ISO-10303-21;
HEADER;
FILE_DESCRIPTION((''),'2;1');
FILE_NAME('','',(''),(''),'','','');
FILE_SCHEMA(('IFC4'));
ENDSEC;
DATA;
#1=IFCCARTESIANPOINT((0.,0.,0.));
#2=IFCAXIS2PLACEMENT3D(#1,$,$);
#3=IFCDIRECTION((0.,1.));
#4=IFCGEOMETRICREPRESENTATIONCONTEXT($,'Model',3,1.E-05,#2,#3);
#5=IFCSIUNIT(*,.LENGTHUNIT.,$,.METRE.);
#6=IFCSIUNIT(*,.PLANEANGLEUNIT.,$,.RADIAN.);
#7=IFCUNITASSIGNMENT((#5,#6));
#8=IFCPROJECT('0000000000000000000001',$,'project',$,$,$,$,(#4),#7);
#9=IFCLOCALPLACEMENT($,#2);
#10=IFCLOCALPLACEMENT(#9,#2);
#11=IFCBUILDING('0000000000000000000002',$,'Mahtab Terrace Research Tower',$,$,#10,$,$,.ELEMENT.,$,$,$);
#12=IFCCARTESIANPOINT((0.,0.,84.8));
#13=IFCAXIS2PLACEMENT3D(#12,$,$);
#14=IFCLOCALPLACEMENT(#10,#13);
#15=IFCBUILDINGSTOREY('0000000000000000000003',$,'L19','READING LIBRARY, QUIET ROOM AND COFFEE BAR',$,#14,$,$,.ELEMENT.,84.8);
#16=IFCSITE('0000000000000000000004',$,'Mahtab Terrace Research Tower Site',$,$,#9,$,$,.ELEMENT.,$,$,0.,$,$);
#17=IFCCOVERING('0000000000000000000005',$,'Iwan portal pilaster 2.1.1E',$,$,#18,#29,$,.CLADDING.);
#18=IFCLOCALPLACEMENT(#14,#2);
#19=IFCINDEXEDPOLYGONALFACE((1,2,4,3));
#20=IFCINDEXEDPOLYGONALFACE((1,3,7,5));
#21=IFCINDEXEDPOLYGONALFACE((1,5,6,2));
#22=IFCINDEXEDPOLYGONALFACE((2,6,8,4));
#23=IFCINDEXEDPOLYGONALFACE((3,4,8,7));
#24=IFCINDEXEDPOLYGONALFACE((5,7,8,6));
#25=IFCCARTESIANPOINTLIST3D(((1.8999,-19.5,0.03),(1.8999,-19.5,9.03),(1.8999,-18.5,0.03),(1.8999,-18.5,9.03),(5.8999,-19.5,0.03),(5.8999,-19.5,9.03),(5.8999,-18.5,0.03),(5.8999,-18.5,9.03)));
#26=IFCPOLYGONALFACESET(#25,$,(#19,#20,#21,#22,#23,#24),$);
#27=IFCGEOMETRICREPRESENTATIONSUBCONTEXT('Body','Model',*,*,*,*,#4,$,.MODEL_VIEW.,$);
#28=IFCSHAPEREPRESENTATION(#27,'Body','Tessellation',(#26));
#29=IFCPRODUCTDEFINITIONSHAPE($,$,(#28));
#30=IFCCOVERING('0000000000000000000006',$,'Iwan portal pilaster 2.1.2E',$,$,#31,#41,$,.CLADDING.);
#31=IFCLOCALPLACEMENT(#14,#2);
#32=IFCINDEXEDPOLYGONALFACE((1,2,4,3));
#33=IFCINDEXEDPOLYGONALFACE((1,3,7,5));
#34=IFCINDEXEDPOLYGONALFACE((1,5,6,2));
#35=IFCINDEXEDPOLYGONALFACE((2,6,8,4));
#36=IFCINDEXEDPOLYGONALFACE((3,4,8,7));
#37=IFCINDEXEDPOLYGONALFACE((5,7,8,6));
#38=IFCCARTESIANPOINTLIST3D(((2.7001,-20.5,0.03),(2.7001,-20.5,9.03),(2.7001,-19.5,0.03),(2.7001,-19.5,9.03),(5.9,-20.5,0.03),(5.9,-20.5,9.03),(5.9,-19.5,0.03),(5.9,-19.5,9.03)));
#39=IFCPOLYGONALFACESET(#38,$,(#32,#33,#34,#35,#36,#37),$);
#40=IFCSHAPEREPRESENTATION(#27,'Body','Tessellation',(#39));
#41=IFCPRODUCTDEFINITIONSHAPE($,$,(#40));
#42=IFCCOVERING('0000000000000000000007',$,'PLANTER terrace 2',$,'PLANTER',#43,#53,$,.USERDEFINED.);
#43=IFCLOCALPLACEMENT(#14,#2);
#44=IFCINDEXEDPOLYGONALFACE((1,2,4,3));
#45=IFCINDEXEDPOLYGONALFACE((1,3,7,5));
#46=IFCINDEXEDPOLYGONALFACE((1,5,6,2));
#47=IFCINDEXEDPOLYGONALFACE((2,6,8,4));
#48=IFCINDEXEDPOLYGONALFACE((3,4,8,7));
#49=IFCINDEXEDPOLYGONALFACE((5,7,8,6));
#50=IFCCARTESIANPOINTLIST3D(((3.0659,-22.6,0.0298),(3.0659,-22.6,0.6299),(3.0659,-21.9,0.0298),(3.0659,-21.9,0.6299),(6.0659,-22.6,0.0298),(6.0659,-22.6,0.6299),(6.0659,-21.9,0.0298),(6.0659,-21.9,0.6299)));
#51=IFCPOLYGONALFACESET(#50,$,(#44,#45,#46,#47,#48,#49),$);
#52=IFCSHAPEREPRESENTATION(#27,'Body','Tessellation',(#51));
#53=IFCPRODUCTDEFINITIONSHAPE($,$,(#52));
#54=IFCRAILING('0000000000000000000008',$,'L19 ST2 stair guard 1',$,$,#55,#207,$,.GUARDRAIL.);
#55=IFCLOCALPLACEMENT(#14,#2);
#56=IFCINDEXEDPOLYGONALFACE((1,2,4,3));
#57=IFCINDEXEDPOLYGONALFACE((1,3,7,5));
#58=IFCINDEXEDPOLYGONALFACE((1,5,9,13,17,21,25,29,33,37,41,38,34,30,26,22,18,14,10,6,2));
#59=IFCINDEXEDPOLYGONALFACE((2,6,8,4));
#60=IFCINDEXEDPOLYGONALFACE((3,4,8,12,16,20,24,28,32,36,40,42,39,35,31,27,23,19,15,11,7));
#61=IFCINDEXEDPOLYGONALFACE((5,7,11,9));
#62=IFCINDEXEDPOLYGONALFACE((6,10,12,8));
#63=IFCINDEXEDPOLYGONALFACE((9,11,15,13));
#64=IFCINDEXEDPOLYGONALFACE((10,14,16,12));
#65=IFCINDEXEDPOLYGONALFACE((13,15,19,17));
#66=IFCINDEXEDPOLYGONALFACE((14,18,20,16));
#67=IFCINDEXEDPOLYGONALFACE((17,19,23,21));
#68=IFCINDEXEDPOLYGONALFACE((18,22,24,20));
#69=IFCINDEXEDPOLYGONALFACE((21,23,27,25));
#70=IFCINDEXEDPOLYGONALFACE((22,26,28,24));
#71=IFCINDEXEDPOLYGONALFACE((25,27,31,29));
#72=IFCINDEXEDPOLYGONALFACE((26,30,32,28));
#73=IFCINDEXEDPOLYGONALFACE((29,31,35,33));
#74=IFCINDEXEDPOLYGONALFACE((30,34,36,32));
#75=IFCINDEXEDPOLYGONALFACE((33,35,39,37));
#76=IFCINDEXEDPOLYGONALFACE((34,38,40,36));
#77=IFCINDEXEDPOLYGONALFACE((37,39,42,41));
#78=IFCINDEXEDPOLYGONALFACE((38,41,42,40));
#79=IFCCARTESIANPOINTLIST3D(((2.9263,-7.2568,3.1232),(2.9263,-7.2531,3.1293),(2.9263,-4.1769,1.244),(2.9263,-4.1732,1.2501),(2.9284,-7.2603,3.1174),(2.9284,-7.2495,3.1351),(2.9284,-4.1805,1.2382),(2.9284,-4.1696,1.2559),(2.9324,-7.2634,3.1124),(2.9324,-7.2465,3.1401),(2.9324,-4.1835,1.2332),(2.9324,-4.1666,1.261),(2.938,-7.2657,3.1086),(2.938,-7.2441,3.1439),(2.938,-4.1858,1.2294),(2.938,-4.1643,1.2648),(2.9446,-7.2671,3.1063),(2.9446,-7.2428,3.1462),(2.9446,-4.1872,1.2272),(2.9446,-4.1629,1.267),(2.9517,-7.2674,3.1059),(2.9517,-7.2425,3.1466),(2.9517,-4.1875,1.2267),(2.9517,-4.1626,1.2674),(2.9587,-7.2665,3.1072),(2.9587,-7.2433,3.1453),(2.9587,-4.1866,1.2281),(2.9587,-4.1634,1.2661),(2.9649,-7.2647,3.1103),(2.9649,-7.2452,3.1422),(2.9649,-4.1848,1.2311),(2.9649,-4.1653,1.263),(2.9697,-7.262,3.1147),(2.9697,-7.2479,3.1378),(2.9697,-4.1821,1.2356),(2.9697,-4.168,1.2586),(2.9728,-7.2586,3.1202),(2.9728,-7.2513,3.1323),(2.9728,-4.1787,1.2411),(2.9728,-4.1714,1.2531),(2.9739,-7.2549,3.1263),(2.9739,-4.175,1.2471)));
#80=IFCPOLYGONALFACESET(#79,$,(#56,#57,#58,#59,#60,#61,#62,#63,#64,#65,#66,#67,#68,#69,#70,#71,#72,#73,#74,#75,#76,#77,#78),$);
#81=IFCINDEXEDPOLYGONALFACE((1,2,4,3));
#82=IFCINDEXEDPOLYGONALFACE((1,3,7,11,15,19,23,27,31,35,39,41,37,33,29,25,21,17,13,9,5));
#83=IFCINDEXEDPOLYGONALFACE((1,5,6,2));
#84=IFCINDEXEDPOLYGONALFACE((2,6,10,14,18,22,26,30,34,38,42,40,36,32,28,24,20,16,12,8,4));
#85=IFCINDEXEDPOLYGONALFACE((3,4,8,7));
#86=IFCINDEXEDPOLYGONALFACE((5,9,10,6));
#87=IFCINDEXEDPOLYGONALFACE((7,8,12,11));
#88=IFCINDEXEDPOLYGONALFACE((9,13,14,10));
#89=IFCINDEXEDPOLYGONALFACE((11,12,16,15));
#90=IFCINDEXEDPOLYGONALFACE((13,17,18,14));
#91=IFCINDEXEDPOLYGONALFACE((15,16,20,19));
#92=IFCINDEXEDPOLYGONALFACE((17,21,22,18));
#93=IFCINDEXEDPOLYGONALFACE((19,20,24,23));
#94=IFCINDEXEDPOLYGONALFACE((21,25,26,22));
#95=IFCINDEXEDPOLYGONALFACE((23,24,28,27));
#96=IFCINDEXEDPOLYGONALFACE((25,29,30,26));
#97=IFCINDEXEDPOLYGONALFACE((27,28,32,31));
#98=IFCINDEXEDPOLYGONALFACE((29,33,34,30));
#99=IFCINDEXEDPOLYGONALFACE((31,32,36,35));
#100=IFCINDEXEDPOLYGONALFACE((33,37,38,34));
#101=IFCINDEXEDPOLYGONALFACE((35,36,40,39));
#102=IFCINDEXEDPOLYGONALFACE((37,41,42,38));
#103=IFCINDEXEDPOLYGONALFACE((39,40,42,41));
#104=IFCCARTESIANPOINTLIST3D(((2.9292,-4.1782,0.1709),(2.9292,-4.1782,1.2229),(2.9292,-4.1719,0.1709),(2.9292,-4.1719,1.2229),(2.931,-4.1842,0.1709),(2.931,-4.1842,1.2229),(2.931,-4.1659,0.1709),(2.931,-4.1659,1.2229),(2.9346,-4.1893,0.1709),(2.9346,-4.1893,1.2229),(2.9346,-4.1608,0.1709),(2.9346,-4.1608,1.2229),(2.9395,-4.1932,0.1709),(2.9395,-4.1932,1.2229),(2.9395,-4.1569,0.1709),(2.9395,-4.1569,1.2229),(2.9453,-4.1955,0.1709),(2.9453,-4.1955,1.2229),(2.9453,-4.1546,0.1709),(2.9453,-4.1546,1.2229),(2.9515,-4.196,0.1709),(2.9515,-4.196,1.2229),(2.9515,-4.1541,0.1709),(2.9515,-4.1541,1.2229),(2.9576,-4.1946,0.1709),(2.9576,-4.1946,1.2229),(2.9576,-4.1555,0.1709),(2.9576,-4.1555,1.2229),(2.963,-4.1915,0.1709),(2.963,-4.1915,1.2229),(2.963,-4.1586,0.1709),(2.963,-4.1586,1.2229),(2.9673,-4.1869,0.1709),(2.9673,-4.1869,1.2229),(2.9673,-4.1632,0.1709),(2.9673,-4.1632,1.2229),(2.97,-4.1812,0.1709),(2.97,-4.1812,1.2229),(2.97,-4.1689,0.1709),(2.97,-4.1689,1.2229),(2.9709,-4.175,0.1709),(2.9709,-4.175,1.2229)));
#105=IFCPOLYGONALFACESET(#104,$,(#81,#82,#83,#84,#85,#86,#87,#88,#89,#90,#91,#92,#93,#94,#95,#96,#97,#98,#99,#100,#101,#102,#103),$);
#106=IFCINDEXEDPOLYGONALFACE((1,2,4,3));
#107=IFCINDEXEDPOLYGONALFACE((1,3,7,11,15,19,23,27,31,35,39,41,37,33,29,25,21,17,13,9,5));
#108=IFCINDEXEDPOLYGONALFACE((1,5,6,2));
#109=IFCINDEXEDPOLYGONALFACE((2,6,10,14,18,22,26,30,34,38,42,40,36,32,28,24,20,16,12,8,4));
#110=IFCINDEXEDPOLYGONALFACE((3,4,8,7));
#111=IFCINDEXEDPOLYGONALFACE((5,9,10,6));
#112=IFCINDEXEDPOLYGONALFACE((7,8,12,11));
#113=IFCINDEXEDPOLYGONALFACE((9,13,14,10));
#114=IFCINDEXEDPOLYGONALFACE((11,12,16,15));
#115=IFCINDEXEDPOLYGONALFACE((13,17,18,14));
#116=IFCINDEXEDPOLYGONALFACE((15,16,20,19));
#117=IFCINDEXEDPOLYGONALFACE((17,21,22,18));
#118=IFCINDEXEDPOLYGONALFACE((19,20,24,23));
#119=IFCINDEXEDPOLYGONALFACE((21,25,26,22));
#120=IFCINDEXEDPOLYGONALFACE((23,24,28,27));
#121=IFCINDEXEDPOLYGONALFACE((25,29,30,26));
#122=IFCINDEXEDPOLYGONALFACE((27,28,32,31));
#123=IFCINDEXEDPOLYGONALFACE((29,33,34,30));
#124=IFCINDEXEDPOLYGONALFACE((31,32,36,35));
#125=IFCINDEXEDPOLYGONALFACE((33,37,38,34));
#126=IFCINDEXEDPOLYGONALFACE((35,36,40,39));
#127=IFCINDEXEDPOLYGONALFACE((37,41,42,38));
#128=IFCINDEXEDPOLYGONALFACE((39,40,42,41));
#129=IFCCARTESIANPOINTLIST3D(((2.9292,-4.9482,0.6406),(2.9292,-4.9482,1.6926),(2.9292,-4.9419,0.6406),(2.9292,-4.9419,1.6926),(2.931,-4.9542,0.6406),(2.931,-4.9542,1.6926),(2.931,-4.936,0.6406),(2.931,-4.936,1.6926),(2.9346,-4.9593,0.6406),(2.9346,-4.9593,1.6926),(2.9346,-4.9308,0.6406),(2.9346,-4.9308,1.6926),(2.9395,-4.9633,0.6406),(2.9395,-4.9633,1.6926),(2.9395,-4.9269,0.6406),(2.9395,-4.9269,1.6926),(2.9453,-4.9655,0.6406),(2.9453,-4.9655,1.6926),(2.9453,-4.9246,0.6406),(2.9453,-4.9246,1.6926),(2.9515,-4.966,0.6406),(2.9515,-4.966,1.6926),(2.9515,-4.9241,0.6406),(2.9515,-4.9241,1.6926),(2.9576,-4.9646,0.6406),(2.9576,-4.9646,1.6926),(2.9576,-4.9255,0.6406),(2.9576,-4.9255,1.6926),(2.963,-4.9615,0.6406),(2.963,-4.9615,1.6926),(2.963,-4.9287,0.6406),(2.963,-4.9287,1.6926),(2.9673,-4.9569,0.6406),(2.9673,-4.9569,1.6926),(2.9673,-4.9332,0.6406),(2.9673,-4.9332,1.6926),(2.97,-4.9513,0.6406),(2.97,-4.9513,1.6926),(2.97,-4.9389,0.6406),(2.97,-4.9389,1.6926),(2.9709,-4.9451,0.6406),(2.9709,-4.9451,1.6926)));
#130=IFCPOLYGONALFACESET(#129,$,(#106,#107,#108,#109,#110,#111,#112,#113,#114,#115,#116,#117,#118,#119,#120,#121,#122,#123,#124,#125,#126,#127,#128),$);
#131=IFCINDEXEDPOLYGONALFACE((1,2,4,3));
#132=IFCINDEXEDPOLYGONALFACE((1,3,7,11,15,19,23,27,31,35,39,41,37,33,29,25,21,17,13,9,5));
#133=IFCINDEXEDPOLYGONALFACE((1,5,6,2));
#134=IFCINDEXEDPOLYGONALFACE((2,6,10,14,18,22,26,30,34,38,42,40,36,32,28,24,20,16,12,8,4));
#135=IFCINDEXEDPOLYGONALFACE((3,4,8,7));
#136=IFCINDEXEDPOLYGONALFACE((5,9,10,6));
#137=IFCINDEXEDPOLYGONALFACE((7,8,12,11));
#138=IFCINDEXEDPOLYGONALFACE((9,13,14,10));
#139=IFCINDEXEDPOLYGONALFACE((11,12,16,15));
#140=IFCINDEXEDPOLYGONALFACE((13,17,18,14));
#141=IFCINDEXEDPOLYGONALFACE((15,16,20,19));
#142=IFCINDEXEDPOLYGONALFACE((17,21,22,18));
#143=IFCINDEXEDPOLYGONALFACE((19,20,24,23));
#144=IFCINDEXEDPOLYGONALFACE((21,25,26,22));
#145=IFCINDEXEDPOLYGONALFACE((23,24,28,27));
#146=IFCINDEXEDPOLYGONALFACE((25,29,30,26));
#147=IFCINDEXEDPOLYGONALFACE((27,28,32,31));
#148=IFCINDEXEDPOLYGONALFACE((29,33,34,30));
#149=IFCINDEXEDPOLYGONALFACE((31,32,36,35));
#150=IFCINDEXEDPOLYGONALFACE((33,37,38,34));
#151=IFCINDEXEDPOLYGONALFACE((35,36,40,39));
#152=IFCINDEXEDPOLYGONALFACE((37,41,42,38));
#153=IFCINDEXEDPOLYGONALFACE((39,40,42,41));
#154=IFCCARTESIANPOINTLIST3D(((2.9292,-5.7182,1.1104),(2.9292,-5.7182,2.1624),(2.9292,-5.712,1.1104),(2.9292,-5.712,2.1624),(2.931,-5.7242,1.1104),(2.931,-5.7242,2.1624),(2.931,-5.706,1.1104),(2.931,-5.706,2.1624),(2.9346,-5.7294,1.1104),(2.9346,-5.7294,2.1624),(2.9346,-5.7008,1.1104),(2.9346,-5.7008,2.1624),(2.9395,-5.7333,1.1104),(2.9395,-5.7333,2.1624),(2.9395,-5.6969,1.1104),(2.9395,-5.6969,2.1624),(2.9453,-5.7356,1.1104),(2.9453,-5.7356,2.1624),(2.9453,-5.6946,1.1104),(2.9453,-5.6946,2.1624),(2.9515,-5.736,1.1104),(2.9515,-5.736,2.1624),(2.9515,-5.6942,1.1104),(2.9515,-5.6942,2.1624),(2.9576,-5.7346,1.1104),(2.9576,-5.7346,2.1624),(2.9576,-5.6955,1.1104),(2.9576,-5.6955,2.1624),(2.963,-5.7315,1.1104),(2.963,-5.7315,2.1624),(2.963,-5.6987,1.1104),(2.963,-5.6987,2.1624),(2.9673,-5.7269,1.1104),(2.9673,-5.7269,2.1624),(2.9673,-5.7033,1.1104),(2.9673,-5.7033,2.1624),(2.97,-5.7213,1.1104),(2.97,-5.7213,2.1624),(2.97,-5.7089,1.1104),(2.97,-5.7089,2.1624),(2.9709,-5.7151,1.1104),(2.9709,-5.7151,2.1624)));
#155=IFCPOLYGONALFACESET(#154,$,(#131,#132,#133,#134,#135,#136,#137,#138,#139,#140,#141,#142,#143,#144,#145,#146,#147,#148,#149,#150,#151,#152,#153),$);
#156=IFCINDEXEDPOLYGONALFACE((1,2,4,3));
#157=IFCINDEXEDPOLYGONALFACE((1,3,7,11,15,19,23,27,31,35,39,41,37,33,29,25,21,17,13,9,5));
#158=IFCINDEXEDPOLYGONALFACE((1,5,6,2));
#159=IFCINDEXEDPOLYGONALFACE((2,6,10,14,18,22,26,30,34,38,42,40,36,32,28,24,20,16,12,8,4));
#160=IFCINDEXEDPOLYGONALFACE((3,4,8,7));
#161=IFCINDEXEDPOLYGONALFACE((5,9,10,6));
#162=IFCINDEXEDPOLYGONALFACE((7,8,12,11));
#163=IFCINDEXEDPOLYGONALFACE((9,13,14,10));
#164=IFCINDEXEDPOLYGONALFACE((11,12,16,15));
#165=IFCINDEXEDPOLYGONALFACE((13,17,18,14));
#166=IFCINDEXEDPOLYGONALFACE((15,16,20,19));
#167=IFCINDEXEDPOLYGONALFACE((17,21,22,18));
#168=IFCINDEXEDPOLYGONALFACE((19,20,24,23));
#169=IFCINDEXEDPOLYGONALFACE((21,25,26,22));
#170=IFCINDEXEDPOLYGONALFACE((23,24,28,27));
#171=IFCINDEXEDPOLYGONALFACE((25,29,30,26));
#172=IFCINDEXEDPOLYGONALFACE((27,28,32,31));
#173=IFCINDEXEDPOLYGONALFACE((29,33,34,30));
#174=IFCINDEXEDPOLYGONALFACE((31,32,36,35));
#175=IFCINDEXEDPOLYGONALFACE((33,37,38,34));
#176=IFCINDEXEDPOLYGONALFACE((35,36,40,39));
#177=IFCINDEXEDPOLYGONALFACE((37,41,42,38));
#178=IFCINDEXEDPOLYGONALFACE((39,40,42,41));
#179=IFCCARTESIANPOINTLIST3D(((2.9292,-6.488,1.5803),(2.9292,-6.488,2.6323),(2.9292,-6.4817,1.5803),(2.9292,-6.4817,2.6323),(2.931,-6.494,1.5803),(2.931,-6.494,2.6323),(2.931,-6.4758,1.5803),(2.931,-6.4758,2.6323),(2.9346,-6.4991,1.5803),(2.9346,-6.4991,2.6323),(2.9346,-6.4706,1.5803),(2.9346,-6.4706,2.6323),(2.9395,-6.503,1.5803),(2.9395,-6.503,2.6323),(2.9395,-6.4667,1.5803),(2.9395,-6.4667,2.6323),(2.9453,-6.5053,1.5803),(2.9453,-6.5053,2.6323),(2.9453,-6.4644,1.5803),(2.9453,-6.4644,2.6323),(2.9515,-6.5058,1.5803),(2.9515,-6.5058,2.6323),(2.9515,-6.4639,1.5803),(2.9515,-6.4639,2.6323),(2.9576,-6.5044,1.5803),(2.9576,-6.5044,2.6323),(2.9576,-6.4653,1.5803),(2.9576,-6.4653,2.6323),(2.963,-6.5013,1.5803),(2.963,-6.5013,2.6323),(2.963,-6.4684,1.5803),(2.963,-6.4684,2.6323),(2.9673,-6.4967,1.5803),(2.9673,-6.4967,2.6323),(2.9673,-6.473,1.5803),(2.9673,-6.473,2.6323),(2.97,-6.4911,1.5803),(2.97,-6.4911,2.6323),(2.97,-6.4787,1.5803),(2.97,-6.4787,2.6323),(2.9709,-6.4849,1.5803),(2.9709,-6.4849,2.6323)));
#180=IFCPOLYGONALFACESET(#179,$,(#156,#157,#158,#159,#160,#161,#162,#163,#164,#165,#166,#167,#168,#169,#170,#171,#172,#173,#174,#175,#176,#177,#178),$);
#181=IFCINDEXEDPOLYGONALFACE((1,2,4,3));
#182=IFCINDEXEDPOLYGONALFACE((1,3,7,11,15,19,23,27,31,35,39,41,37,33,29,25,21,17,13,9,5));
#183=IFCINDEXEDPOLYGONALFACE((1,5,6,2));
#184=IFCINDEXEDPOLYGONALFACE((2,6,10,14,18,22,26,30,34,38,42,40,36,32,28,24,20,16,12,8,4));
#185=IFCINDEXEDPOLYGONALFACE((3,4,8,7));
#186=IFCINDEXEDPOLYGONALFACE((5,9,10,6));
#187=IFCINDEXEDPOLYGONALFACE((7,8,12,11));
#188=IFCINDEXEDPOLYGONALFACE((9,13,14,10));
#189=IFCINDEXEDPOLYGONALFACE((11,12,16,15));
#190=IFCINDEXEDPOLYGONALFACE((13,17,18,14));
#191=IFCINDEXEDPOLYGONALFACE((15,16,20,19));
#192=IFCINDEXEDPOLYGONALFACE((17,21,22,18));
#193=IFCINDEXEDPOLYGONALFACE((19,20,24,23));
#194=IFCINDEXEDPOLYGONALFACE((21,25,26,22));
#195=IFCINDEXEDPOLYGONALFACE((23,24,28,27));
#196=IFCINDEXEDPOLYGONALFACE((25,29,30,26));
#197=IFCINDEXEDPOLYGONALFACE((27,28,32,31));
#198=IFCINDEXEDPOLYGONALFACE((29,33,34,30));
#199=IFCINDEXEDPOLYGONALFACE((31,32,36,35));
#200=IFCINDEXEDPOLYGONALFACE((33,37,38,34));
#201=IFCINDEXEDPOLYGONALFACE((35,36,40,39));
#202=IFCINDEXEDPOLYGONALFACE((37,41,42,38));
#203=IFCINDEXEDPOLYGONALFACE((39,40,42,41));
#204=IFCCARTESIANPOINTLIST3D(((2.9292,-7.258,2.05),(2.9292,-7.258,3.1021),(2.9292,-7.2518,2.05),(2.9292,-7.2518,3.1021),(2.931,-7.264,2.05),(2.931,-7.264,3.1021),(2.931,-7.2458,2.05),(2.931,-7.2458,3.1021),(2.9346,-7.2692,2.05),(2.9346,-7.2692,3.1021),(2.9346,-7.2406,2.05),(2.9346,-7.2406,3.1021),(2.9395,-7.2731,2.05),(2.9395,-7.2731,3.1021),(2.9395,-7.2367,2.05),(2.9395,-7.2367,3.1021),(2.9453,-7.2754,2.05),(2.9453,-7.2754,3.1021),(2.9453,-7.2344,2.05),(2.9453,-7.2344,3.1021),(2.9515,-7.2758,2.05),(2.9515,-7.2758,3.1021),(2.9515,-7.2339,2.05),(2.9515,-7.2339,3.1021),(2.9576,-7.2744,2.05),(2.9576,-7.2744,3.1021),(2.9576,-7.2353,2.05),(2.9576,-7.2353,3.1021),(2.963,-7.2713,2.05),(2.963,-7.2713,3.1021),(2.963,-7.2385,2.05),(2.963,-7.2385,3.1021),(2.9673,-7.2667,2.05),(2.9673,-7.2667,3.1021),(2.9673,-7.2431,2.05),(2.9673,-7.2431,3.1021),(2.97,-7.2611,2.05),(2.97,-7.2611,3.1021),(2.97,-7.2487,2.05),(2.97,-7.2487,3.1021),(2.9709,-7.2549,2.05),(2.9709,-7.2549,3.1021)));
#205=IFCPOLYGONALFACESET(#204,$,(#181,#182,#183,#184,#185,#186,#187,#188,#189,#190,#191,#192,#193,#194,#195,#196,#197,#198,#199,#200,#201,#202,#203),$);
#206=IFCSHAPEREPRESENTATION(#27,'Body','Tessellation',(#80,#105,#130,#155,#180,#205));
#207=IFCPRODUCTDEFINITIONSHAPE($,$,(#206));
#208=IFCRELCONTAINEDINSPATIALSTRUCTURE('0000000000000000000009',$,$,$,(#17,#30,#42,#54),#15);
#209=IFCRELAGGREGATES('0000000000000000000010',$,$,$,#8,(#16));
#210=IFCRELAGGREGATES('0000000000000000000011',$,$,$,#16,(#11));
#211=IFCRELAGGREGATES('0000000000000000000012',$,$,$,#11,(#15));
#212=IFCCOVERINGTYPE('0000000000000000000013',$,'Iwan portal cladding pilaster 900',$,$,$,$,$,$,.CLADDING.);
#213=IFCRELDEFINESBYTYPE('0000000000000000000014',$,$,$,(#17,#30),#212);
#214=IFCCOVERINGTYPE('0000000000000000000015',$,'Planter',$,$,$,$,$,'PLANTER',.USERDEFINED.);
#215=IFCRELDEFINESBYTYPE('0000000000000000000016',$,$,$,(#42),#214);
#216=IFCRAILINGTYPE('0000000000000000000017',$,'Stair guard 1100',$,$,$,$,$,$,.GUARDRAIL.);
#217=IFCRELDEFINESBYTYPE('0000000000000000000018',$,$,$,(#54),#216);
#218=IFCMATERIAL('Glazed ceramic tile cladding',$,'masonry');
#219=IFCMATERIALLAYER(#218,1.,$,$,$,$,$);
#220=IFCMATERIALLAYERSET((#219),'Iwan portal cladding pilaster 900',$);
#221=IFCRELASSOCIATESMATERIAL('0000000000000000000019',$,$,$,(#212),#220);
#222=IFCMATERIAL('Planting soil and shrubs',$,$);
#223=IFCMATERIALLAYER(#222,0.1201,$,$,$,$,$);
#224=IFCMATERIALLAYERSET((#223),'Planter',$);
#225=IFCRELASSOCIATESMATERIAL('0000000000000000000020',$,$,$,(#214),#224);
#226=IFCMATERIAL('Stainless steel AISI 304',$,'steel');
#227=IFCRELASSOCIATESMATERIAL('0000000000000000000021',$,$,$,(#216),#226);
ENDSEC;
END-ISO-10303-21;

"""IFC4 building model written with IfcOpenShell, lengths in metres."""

from ifc_helpers import new_model, si_unit, direction, frame, origin, origin_2d, place, context, subcontext, project, spatial, rectangle, circle, extrude, material, layer, layer_set, type_object, element, save


model = new_model("IFC4")

# Units and contexts
model_context = context("Model", 3, precision=1e-05, world=origin(), true_north=direction((0.0, 1.0)))
body_context = subcontext(model_context, "Body", "Model", "MODEL_VIEW")
ifc_project = project(units=[si_unit("LENGTHUNIT", "METRE"), si_unit("PLANEANGLEUNIT", "RADIAN")], contexts=[model_context])

# Site, building, storey
site_placement = place(None, origin())
site = spatial("IfcSite", under=ifc_project, at=site_placement, Name="Mahtab Terrace Research Tower Site", CompositionType="ELEMENT", RefElevation=0.0)
building_placement = place(site_placement, origin())
building = spatial("IfcBuilding", under=site, at=building_placement, Name="Mahtab Terrace Research Tower", CompositionType="ELEMENT")
storey_placement = place(building_placement, frame((0.0, 0.0, 84.8)))
storey = spatial("IfcBuildingStorey", under=building, at=storey_placement, Name="L19", Description="READING LIBRARY, QUIET ROOM AND COFFEE BAR", CompositionType="ELEMENT", Elevation=84.8)

# Coverings
ifc_material_1 = material(Name="Glazed ceramic tile cladding", Category="masonry")
ifc_layer_1 = layer(ifc_material_1, 1.0)
ifc_layer_set_1 = layer_set([ifc_layer_1], Name="Iwan portal cladding pilaster 900")
covering_type_1 = type_object("IfcCoveringType", Name="Iwan portal cladding pilaster 900", PredefinedType="CLADDING", material=ifc_layer_set_1)
covering_1_placement = place(storey_placement, frame((3.8999, -19.0, 0.03), z_axis=(0.0, 0.0, 1.0), x_axis=(1.0, 0.0, 0.0)))
element("IfcCovering", 1, at=covering_1_placement, inside=storey, type_object=covering_type_1, Name="Iwan portal pilaster 2.1.1E", PredefinedType="CLADDING", context=body_context, shape_type="SweptSolid", body=[
    extrude(rectangle(XDim=4.0, YDim=1.0, at=origin_2d()), origin(), (0.0, 0.0, 1.0), 9.0),
])
covering_2_placement = place(storey_placement, frame((4.3, -20.0, 0.03), z_axis=(0.0, 0.0, 1.0), x_axis=(1.0, 0.0, 0.0)))
element("IfcCovering", 2, at=covering_2_placement, inside=storey, type_object=covering_type_1, Name="Iwan portal pilaster 2.1.2E", PredefinedType="CLADDING", context=body_context, shape_type="SweptSolid", body=[
    extrude(rectangle(XDim=3.2, YDim=1.0, at=origin_2d()), origin(), (0.0, 0.0, 1.0), 9.0),
])
ifc_material_2 = material(Name="Planting soil and shrubs")
ifc_layer_2 = layer(ifc_material_2, 0.1201)
ifc_layer_set_2 = layer_set([ifc_layer_2], Name="Planter")
covering_type_2 = type_object("IfcCoveringType", Name="Planter", ElementType="PLANTER", PredefinedType="USERDEFINED", material=ifc_layer_set_2)
covering_3_placement = place(storey_placement, frame((4.5659, -22.25, 0.0298), z_axis=(0.0, 0.0, 1.0), x_axis=(1.0, 0.0, 0.0)))
element("IfcCovering", 3, at=covering_3_placement, inside=storey, type_object=covering_type_2, Name="PLANTER terrace 2", ObjectType="PLANTER", PredefinedType="USERDEFINED", context=body_context, shape_type="SweptSolid", body=[
    extrude(rectangle(XDim=3.0, YDim=0.7, at=origin_2d()), origin(), (0.0, 0.0, 1.0), 0.6001),
])

# Railing
ifc_material_3 = material(Name="Stainless steel AISI 304", Category="steel")
railing_type_1 = type_object("IfcRailingType", Name="Stair guard 1100", PredefinedType="GUARDRAIL", material=ifc_material_3)
railing_1_placement = place(storey_placement, frame((2.95, -4.175, 0.1709)))
element("IfcRailing", 4, at=railing_1_placement, inside=storey, type_object=railing_type_1, Name="L19 ST2 stair guard 1", PredefinedType="GUARDRAIL", context=body_context, shape_type="SweptSolid", body=[
    extrude(circle(Radius=0.0239, at=origin_2d()), frame((0.0, 0.0, 1.0762), z_axis=(0.0, -0.853648, 0.52085), x_axis=(1.0, 0.0, 0.0)), (0.0, 0.0, 1.0), 3.6079),
    extrude(circle(Radius=0.021, at=origin_2d()), origin(), (0.0, 0.0, 1.0), 1.052),
    extrude(circle(Radius=0.021, at=origin_2d()), frame((0.0, -0.77, 0.4697)), (0.0, 0.0, 1.0), 1.052),
    extrude(circle(Radius=0.021, at=origin_2d()), frame((0.0, -1.54, 0.9395)), (0.0, 0.0, 1.0), 1.052),
    extrude(circle(Radius=0.021, at=origin_2d()), frame((0.0, -2.3098, 1.4094)), (0.0, 0.0, 1.0), 1.052),
    extrude(circle(Radius=0.021, at=origin_2d()), frame((0.0, -3.0798, 1.8792)), (0.0, 0.0, 1.0), 1.052),
])

save(model, "model.ifc")
